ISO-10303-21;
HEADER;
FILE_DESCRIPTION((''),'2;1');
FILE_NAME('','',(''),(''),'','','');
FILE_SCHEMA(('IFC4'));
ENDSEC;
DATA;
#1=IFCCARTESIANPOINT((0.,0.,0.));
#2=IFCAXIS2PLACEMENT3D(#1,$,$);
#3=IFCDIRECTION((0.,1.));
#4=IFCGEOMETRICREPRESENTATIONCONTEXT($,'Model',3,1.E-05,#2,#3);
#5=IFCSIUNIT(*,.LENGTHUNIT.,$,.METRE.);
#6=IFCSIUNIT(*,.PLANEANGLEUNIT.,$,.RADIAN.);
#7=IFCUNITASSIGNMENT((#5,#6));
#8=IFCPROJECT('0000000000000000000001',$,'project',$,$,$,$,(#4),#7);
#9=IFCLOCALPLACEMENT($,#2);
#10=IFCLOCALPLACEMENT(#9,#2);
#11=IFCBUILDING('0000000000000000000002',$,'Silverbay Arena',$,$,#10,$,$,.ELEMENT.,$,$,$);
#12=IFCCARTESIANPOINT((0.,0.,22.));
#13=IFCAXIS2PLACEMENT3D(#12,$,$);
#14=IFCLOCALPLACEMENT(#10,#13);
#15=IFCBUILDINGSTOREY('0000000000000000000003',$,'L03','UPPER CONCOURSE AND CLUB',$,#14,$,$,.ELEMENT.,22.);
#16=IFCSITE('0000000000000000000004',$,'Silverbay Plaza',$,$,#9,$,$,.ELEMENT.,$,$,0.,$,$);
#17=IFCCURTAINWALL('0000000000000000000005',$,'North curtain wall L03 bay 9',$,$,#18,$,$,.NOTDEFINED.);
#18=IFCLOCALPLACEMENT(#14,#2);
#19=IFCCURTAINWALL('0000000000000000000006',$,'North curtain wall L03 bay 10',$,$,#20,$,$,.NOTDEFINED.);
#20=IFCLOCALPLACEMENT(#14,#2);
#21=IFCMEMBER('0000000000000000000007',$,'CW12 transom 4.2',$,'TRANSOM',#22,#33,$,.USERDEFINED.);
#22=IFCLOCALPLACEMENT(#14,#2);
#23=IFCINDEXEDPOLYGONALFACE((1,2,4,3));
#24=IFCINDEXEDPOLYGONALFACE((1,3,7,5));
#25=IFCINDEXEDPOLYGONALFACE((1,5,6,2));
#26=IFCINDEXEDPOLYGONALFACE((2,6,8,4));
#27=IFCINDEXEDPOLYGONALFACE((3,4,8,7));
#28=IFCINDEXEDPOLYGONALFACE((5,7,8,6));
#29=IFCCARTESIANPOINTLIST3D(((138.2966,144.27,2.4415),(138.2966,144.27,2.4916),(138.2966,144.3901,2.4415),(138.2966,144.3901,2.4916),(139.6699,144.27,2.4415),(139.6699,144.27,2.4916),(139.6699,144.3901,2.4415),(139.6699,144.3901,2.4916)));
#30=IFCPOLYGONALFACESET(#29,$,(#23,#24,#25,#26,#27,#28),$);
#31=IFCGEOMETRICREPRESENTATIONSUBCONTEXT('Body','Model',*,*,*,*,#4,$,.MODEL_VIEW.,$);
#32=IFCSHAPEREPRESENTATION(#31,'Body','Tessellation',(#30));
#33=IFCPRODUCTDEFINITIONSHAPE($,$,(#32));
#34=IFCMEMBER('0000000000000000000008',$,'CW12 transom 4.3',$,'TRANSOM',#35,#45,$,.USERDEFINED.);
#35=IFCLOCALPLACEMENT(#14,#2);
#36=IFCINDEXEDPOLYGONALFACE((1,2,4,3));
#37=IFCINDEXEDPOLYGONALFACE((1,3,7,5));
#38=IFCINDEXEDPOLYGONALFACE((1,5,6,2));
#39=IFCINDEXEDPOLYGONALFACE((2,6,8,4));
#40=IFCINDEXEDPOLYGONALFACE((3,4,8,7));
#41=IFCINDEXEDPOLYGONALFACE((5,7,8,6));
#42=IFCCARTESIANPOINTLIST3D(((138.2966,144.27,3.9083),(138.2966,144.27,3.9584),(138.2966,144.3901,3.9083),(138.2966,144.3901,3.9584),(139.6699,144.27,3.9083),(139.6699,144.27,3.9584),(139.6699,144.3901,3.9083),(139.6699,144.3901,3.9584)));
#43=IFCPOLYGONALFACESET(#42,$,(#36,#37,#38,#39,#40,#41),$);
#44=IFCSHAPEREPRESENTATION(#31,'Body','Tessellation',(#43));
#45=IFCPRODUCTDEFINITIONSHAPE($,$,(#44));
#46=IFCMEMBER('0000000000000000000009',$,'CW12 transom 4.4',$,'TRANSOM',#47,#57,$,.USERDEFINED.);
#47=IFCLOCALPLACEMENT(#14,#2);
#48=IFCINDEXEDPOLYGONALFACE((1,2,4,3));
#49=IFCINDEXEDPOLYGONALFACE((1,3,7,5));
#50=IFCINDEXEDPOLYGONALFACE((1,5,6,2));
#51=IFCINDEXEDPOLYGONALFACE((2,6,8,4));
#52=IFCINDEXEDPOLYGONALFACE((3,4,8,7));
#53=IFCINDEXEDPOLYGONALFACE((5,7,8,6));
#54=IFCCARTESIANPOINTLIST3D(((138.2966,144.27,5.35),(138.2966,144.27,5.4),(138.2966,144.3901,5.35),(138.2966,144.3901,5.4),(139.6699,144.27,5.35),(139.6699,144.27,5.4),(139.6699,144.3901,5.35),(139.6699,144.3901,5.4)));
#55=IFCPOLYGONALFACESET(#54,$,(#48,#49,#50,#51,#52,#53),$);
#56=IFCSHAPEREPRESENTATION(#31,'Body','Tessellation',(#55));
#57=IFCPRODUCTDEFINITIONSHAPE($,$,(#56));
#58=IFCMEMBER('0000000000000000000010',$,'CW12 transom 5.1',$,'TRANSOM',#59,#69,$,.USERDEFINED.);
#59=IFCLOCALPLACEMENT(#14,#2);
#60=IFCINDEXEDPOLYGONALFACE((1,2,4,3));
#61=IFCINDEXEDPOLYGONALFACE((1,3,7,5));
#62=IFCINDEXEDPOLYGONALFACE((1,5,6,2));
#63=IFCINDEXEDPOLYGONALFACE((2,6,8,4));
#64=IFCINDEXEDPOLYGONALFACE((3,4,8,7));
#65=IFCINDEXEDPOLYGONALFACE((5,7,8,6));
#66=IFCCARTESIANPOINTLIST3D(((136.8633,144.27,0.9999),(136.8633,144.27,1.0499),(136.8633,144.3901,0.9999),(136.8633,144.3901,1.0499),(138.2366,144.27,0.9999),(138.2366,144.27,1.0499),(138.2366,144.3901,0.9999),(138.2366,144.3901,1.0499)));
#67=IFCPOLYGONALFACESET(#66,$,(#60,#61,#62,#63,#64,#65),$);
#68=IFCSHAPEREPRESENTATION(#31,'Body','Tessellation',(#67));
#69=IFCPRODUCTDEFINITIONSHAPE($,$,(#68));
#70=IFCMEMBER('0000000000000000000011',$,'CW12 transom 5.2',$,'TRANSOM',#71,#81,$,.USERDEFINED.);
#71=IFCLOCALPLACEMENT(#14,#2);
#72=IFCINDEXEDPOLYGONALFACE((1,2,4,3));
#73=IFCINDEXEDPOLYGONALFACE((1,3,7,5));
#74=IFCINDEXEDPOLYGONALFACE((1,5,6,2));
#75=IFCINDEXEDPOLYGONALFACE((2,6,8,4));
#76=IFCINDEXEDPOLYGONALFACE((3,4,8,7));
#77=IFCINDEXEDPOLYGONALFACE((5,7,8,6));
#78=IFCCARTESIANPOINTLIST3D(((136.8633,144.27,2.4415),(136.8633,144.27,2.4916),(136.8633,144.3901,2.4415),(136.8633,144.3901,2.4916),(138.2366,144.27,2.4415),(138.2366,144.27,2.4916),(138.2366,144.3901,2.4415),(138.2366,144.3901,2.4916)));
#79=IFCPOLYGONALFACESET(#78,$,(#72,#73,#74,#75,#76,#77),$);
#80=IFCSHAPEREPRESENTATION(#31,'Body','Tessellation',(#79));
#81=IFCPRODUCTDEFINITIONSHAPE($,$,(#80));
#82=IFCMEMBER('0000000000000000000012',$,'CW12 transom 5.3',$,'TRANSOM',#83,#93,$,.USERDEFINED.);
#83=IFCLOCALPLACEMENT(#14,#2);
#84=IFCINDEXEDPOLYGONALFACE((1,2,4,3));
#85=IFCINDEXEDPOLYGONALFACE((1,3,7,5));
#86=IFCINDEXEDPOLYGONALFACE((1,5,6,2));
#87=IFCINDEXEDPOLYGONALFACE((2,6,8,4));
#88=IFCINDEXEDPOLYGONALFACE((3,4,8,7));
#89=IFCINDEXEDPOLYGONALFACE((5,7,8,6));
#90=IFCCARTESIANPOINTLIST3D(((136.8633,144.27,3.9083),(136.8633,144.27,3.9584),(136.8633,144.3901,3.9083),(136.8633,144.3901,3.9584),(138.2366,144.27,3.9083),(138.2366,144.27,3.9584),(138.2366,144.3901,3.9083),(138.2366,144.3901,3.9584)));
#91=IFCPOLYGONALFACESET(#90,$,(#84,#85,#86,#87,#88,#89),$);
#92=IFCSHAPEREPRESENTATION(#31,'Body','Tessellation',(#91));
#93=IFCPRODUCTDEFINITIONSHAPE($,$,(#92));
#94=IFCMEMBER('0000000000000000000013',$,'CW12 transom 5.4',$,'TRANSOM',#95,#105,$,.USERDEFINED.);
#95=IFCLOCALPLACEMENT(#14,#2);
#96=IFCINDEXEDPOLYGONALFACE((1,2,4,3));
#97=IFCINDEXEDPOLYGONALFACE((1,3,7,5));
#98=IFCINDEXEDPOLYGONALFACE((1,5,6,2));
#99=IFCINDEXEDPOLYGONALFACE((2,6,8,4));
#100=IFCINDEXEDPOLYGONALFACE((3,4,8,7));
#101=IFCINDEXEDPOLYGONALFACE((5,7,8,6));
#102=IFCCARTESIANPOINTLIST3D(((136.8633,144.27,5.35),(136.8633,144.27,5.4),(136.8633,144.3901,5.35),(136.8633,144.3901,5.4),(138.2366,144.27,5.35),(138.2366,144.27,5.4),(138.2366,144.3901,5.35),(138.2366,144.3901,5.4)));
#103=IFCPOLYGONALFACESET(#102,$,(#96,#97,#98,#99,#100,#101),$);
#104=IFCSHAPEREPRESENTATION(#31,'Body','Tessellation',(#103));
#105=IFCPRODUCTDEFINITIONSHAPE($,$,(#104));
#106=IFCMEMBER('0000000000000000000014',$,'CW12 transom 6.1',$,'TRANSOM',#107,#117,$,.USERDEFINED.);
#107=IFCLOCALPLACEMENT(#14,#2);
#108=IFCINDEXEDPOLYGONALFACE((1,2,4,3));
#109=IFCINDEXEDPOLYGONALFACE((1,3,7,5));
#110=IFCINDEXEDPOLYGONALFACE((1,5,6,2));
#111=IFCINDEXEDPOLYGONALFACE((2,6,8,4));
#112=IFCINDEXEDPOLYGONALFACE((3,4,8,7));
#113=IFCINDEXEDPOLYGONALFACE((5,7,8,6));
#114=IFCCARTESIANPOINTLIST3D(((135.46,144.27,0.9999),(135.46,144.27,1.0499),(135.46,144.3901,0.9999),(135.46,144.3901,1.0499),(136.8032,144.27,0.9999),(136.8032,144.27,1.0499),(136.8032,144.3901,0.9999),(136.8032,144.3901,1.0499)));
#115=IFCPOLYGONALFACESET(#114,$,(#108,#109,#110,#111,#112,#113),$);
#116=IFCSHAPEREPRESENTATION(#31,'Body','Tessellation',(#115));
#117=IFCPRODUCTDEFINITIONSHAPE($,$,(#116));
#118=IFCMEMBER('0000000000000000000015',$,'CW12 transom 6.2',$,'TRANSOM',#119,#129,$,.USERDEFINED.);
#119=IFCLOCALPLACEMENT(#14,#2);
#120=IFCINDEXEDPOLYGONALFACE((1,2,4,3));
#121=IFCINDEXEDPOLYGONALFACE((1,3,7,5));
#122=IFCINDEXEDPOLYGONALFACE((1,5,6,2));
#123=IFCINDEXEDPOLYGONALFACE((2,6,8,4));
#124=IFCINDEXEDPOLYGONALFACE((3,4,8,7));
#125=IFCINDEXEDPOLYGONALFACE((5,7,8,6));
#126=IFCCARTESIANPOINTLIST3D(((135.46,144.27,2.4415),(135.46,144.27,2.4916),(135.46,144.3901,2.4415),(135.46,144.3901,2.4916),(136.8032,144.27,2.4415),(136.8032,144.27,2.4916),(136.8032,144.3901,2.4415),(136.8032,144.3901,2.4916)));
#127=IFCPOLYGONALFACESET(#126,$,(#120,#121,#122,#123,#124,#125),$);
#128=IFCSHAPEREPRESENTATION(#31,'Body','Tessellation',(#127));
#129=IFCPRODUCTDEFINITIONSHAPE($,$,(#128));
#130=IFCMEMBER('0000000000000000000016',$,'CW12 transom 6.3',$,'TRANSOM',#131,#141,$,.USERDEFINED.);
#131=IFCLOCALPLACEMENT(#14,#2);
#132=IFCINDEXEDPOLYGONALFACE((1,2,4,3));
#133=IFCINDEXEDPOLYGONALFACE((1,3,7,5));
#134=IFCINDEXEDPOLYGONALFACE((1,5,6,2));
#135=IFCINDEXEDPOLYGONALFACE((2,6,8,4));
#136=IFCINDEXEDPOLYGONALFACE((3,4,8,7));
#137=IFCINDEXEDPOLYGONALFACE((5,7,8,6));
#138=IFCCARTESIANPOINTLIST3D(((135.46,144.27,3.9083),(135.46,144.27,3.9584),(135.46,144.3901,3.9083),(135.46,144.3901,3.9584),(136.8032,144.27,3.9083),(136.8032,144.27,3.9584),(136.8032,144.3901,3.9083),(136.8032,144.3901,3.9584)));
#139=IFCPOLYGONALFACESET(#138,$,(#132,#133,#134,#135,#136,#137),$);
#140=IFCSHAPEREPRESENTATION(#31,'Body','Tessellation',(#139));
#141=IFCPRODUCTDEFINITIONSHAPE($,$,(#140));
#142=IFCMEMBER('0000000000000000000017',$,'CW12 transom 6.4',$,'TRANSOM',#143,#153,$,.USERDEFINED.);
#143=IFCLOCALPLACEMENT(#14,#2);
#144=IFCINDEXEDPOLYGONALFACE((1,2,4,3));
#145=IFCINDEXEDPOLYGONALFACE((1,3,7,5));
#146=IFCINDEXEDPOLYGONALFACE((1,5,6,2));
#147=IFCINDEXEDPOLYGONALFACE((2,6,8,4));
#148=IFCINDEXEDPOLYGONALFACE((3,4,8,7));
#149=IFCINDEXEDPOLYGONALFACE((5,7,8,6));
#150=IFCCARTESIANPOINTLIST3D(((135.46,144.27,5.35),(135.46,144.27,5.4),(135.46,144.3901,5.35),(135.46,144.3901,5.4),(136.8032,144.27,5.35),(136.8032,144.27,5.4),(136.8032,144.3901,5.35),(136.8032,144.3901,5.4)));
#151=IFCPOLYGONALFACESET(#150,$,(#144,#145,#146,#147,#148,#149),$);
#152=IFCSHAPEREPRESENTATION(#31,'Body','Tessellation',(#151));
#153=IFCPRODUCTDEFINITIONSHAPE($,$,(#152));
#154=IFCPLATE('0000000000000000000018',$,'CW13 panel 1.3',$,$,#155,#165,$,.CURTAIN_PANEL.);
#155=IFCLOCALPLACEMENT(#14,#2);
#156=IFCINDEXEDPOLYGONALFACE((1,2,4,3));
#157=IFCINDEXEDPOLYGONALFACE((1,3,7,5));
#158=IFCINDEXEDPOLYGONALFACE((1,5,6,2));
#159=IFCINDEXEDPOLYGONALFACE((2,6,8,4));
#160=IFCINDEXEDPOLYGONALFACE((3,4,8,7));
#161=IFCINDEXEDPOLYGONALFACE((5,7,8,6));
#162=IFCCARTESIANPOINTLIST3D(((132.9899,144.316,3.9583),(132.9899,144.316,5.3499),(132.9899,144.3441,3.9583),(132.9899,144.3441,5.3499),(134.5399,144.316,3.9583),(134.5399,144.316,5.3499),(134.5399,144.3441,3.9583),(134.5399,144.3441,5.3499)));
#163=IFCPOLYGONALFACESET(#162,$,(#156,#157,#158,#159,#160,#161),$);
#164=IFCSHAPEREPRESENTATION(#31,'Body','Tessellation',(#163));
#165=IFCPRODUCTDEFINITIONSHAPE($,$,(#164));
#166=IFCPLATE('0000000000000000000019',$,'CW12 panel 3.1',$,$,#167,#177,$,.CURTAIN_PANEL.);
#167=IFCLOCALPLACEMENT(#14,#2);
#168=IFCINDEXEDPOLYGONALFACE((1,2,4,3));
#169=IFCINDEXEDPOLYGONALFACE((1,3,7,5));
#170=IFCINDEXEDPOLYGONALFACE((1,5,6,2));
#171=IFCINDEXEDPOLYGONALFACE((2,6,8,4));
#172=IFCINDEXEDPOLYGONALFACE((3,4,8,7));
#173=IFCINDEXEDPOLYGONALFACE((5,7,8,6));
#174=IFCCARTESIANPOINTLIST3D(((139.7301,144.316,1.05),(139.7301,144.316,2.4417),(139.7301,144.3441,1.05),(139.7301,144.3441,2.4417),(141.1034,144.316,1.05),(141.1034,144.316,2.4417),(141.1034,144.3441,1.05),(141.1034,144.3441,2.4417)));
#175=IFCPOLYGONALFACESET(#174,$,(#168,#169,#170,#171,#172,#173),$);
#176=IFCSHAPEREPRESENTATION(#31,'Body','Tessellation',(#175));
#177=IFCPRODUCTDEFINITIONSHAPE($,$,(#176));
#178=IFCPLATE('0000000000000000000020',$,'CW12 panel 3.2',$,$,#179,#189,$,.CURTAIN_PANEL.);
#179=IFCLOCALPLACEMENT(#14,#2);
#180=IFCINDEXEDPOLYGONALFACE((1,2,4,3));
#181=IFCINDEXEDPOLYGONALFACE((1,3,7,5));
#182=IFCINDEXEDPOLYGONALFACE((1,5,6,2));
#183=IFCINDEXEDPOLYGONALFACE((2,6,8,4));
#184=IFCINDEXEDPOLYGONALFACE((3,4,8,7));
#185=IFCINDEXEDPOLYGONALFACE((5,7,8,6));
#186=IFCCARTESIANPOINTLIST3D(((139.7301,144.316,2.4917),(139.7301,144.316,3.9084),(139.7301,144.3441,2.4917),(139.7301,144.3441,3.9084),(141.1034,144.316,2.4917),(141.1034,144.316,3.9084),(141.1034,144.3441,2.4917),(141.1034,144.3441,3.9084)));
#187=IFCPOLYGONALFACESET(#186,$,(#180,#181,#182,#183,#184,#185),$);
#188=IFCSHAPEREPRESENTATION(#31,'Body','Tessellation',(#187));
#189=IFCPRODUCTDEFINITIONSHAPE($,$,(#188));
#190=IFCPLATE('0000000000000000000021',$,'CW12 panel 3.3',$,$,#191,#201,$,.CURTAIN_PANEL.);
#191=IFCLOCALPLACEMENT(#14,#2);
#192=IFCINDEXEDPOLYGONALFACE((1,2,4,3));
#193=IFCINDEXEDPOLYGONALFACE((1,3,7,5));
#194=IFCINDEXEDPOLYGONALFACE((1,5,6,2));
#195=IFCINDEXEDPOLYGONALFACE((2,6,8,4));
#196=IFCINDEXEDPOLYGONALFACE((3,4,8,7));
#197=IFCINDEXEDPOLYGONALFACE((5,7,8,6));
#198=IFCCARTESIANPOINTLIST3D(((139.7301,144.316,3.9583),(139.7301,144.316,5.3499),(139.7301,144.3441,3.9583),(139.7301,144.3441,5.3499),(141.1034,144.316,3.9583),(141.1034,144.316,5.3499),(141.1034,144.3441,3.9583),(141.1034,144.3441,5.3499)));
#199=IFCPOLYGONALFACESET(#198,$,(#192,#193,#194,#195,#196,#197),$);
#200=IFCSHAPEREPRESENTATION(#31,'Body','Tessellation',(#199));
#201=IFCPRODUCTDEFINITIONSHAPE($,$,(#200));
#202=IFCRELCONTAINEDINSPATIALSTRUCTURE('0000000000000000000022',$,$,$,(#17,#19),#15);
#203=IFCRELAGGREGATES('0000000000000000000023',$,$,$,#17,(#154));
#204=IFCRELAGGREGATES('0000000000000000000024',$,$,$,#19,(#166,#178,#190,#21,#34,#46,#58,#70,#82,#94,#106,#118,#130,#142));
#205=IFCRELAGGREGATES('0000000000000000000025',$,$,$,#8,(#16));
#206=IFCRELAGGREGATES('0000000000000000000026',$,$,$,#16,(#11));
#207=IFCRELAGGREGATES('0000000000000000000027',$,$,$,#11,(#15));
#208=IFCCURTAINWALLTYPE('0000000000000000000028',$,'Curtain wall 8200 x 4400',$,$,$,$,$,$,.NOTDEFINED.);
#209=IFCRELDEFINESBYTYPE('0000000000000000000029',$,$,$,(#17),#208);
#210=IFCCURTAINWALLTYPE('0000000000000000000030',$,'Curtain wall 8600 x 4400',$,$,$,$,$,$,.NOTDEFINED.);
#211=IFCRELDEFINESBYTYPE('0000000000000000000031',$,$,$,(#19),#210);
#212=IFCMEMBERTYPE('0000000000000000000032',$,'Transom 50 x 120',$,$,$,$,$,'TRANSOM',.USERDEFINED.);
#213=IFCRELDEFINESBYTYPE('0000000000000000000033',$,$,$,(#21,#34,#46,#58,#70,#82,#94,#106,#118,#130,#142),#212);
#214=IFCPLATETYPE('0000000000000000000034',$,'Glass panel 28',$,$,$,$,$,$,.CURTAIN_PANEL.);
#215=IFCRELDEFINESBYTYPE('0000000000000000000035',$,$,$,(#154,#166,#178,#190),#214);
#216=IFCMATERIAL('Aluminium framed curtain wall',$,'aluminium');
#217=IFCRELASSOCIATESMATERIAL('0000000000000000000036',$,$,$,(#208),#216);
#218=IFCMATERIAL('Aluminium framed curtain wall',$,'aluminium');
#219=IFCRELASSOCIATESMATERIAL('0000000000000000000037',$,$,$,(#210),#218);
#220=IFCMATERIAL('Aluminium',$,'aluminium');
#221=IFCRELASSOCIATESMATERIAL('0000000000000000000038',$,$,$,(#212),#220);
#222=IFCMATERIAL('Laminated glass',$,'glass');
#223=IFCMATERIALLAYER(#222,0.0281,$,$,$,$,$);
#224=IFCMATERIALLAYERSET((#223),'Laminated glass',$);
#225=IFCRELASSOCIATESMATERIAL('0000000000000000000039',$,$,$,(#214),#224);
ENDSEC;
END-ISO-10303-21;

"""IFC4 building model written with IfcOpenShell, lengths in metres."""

from ifc_helpers import new_model, si_unit, direction, frame, origin, origin_2d, place, context, subcontext, project, spatial, rectangle, extrude, material, layer, layer_set, material_profile, profile_set, type_object, element, aggregate, save


model = new_model("IFC4")

# Units and contexts
model_context = context("Model", 3, precision=1e-05, world=origin(), true_north=direction((0.0, 1.0)))
body_context = subcontext(model_context, "Body", "Model", "MODEL_VIEW")
ifc_project = project(units=[si_unit("LENGTHUNIT", "METRE"), si_unit("PLANEANGLEUNIT", "RADIAN")], contexts=[model_context])

# Site, building, storey
site_placement = place(None, origin())
site = spatial("IfcSite", under=ifc_project, at=site_placement, Name="Silverbay Plaza", CompositionType="ELEMENT", RefElevation=0.0)
building_placement = place(site_placement, origin())
building = spatial("IfcBuilding", under=site, at=building_placement, Name="Silverbay Arena", CompositionType="ELEMENT")
storey_placement = place(building_placement, frame((0.0, 0.0, 22.0)))
storey = spatial("IfcBuildingStorey", under=building, at=storey_placement, Name="L03", Description="UPPER CONCOURSE AND CLUB", CompositionType="ELEMENT", Elevation=22.0)

# Curtain wall
ifc_material_1 = material(Name="Aluminium framed curtain wall", Category="aluminium")
curtain_wall_type_1 = type_object("IfcCurtainWallType", Name="Curtain wall 8200 x 4400", PredefinedType="NOTDEFINED", material=ifc_material_1)
curtain_wall_1_placement = place(storey_placement, origin())
curtain_wall_1 = element("IfcCurtainWall", 1, at=curtain_wall_1_placement, inside=storey, type_object=curtain_wall_type_1, Name="North curtain wall L03 bay 9", PredefinedType="NOTDEFINED")

# Curtain wall
ifc_material_2 = material(Name="Aluminium framed curtain wall", Category="aluminium")
curtain_wall_type_2 = type_object("IfcCurtainWallType", Name="Curtain wall 8600 x 4400", PredefinedType="NOTDEFINED", material=ifc_material_2)
curtain_wall_2_placement = place(storey_placement, origin())
curtain_wall_2 = element("IfcCurtainWall", 2, at=curtain_wall_2_placement, inside=storey, type_object=curtain_wall_type_2, Name="North curtain wall L03 bay 10", PredefinedType="NOTDEFINED")

# Members
ifc_material_3 = material(Name="Aluminium", Category="aluminium")
ifc_material_profile_1 = material_profile(ifc_material_3, rectangle(XDim=0.1201, YDim=0.05, at=origin_2d()), Name="Transom 50 x 120")
ifc_profile_set_1 = profile_set([ifc_material_profile_1], Name="Aluminium")
member_type_1 = type_object("IfcMemberType", Name="Transom 50 x 120", ElementType="TRANSOM", PredefinedType="USERDEFINED", material=ifc_profile_set_1)
member_1_placement = place(storey_placement, frame((139.6699, 144.3301, 2.4666), z_axis=(-1.0, 0.0, 0.0), x_axis=(0.0, -1.0, 0.0)))
member_1 = element("IfcMember", 3, at=member_1_placement, type_object=member_type_1, Name="CW12 transom 4.2", ObjectType="TRANSOM", PredefinedType="USERDEFINED", context=body_context, shape_type="SweptSolid", body=[
    extrude(rectangle(XDim=0.1201, YDim=0.05, at=origin_2d()), origin(), (0.0, 0.0, 1.0), 1.3733),
])
member_2_placement = place(storey_placement, frame((139.6699, 144.3301, 3.9333), z_axis=(-1.0, 0.0, 0.0), x_axis=(0.0, -1.0, 0.0)))
member_2 = element("IfcMember", 4, at=member_2_placement, type_object=member_type_1, Name="CW12 transom 4.3", ObjectType="TRANSOM", PredefinedType="USERDEFINED", context=body_context, shape_type="SweptSolid", body=[
    extrude(rectangle(XDim=0.1201, YDim=0.05, at=origin_2d()), origin(), (0.0, 0.0, 1.0), 1.3733),
])
member_3_placement = place(storey_placement, frame((139.6699, 144.3301, 5.375), z_axis=(-1.0, 0.0, 0.0), x_axis=(0.0, -1.0, 0.0)))
member_3 = element("IfcMember", 5, at=member_3_placement, type_object=member_type_1, Name="CW12 transom 4.4", ObjectType="TRANSOM", PredefinedType="USERDEFINED", context=body_context, shape_type="SweptSolid", body=[
    extrude(rectangle(XDim=0.1201, YDim=0.05, at=origin_2d()), origin(), (0.0, 0.0, 1.0), 1.3733),
])
member_4_placement = place(storey_placement, frame((138.2366, 144.3301, 1.0249), z_axis=(-1.0, 0.0, 0.0), x_axis=(0.0, -1.0, 0.0)))
member_4 = element("IfcMember", 6, at=member_4_placement, type_object=member_type_1, Name="CW12 transom 5.1", ObjectType="TRANSOM", PredefinedType="USERDEFINED", context=body_context, shape_type="SweptSolid", body=[
    extrude(rectangle(XDim=0.1201, YDim=0.05, at=origin_2d()), origin(), (0.0, 0.0, 1.0), 1.3733),
])
member_5_placement = place(storey_placement, frame((138.2366, 144.3301, 2.4666), z_axis=(-1.0, 0.0, 0.0), x_axis=(0.0, -1.0, 0.0)))
member_5 = element("IfcMember", 7, at=member_5_placement, type_object=member_type_1, Name="CW12 transom 5.2", ObjectType="TRANSOM", PredefinedType="USERDEFINED", context=body_context, shape_type="SweptSolid", body=[
    extrude(rectangle(XDim=0.1201, YDim=0.05, at=origin_2d()), origin(), (0.0, 0.0, 1.0), 1.3733),
])
member_6_placement = place(storey_placement, frame((138.2366, 144.3301, 3.9333), z_axis=(-1.0, 0.0, 0.0), x_axis=(0.0, -1.0, 0.0)))
member_6 = element("IfcMember", 8, at=member_6_placement, type_object=member_type_1, Name="CW12 transom 5.3", ObjectType="TRANSOM", PredefinedType="USERDEFINED", context=body_context, shape_type="SweptSolid", body=[
    extrude(rectangle(XDim=0.1201, YDim=0.05, at=origin_2d()), origin(), (0.0, 0.0, 1.0), 1.3733),
])
member_7_placement = place(storey_placement, frame((138.2366, 144.3301, 5.375), z_axis=(-1.0, 0.0, 0.0), x_axis=(0.0, -1.0, 0.0)))
member_7 = element("IfcMember", 9, at=member_7_placement, type_object=member_type_1, Name="CW12 transom 5.4", ObjectType="TRANSOM", PredefinedType="USERDEFINED", context=body_context, shape_type="SweptSolid", body=[
    extrude(rectangle(XDim=0.1201, YDim=0.05, at=origin_2d()), origin(), (0.0, 0.0, 1.0), 1.3733),
])
member_8_placement = place(storey_placement, frame((136.8032, 144.3301, 1.0249), z_axis=(-1.0, 0.0, 0.0), x_axis=(0.0, -1.0, 0.0)))
member_8 = element("IfcMember", 10, at=member_8_placement, type_object=member_type_1, Name="CW12 transom 6.1", ObjectType="TRANSOM", PredefinedType="USERDEFINED", context=body_context, shape_type="SweptSolid", body=[
    extrude(rectangle(XDim=0.1201, YDim=0.05, at=origin_2d()), origin(), (0.0, 0.0, 1.0), 1.3433),
])
member_9_placement = place(storey_placement, frame((136.8032, 144.3301, 2.4666), z_axis=(-1.0, 0.0, 0.0), x_axis=(0.0, -1.0, 0.0)))
member_9 = element("IfcMember", 11, at=member_9_placement, type_object=member_type_1, Name="CW12 transom 6.2", ObjectType="TRANSOM", PredefinedType="USERDEFINED", context=body_context, shape_type="SweptSolid", body=[
    extrude(rectangle(XDim=0.1201, YDim=0.05, at=origin_2d()), origin(), (0.0, 0.0, 1.0), 1.3433),
])
member_10_placement = place(storey_placement, frame((136.8032, 144.3301, 3.9333), z_axis=(-1.0, 0.0, 0.0), x_axis=(0.0, -1.0, 0.0)))
member_10 = element("IfcMember", 12, at=member_10_placement, type_object=member_type_1, Name="CW12 transom 6.3", ObjectType="TRANSOM", PredefinedType="USERDEFINED", context=body_context, shape_type="SweptSolid", body=[
    extrude(rectangle(XDim=0.1201, YDim=0.05, at=origin_2d()), origin(), (0.0, 0.0, 1.0), 1.3433),
])
member_11_placement = place(storey_placement, frame((136.8032, 144.3301, 5.375), z_axis=(-1.0, 0.0, 0.0), x_axis=(0.0, -1.0, 0.0)))
member_11 = element("IfcMember", 13, at=member_11_placement, type_object=member_type_1, Name="CW12 transom 6.4", ObjectType="TRANSOM", PredefinedType="USERDEFINED", context=body_context, shape_type="SweptSolid", body=[
    extrude(rectangle(XDim=0.1201, YDim=0.05, at=origin_2d()), origin(), (0.0, 0.0, 1.0), 1.3433),
])

# Plates
ifc_material_4 = material(Name="Laminated glass", Category="glass")
ifc_layer_1 = layer(ifc_material_4, 0.0281)
ifc_layer_set_1 = layer_set([ifc_layer_1], Name="Laminated glass")
plate_type = type_object("IfcPlateType", Name="Glass panel 28", PredefinedType="CURTAIN_PANEL", material=ifc_layer_set_1)
plate_1_placement = place(storey_placement, frame((133.7649, 144.3301, 3.9583), z_axis=(0.0, 0.0, 1.0), x_axis=(-1.0, 0.0, 0.0)))
plate_1 = element("IfcPlate", 14, at=plate_1_placement, type_object=plate_type, Name="CW13 panel 1.3", PredefinedType="CURTAIN_PANEL", context=body_context, shape_type="SweptSolid", body=[
    extrude(rectangle(XDim=1.55, YDim=0.0281, at=origin_2d()), origin(), (0.0, 0.0, 1.0), 1.3916),
])
aggregate(curtain_wall_1, [plate_1])
plate_2_placement = place(storey_placement, frame((140.4167, 144.3301, 1.05), z_axis=(0.0, 0.0, 1.0), x_axis=(-1.0, 0.0, 0.0)))
plate_2 = element("IfcPlate", 15, at=plate_2_placement, type_object=plate_type, Name="CW12 panel 3.1", PredefinedType="CURTAIN_PANEL", context=body_context, shape_type="SweptSolid", body=[
    extrude(rectangle(XDim=1.3733, YDim=0.0281, at=origin_2d()), origin(), (0.0, 0.0, 1.0), 1.3916),
])
plate_3_placement = place(storey_placement, frame((140.4167, 144.3301, 2.4917), z_axis=(0.0, 0.0, 1.0), x_axis=(-1.0, 0.0, 0.0)))
plate_3 = element("IfcPlate", 16, at=plate_3_placement, type_object=plate_type, Name="CW12 panel 3.2", PredefinedType="CURTAIN_PANEL", context=body_context, shape_type="SweptSolid", body=[
    extrude(rectangle(XDim=1.3733, YDim=0.0281, at=origin_2d()), origin(), (0.0, 0.0, 1.0), 1.4167),
])
plate_4_placement = place(storey_placement, frame((140.4167, 144.3301, 3.9583), z_axis=(0.0, 0.0, 1.0), x_axis=(-1.0, 0.0, 0.0)))
plate_4 = element("IfcPlate", 17, at=plate_4_placement, type_object=plate_type, Name="CW12 panel 3.3", PredefinedType="CURTAIN_PANEL", context=body_context, shape_type="SweptSolid", body=[
    extrude(rectangle(XDim=1.3733, YDim=0.0281, at=origin_2d()), origin(), (0.0, 0.0, 1.0), 1.3916),
])
aggregate(curtain_wall_2, [plate_2, plate_3, plate_4, member_1, member_2, member_3, member_4, member_5, member_6, member_7, member_8, member_9, member_10, member_11])

save(model, "model.ifc")
